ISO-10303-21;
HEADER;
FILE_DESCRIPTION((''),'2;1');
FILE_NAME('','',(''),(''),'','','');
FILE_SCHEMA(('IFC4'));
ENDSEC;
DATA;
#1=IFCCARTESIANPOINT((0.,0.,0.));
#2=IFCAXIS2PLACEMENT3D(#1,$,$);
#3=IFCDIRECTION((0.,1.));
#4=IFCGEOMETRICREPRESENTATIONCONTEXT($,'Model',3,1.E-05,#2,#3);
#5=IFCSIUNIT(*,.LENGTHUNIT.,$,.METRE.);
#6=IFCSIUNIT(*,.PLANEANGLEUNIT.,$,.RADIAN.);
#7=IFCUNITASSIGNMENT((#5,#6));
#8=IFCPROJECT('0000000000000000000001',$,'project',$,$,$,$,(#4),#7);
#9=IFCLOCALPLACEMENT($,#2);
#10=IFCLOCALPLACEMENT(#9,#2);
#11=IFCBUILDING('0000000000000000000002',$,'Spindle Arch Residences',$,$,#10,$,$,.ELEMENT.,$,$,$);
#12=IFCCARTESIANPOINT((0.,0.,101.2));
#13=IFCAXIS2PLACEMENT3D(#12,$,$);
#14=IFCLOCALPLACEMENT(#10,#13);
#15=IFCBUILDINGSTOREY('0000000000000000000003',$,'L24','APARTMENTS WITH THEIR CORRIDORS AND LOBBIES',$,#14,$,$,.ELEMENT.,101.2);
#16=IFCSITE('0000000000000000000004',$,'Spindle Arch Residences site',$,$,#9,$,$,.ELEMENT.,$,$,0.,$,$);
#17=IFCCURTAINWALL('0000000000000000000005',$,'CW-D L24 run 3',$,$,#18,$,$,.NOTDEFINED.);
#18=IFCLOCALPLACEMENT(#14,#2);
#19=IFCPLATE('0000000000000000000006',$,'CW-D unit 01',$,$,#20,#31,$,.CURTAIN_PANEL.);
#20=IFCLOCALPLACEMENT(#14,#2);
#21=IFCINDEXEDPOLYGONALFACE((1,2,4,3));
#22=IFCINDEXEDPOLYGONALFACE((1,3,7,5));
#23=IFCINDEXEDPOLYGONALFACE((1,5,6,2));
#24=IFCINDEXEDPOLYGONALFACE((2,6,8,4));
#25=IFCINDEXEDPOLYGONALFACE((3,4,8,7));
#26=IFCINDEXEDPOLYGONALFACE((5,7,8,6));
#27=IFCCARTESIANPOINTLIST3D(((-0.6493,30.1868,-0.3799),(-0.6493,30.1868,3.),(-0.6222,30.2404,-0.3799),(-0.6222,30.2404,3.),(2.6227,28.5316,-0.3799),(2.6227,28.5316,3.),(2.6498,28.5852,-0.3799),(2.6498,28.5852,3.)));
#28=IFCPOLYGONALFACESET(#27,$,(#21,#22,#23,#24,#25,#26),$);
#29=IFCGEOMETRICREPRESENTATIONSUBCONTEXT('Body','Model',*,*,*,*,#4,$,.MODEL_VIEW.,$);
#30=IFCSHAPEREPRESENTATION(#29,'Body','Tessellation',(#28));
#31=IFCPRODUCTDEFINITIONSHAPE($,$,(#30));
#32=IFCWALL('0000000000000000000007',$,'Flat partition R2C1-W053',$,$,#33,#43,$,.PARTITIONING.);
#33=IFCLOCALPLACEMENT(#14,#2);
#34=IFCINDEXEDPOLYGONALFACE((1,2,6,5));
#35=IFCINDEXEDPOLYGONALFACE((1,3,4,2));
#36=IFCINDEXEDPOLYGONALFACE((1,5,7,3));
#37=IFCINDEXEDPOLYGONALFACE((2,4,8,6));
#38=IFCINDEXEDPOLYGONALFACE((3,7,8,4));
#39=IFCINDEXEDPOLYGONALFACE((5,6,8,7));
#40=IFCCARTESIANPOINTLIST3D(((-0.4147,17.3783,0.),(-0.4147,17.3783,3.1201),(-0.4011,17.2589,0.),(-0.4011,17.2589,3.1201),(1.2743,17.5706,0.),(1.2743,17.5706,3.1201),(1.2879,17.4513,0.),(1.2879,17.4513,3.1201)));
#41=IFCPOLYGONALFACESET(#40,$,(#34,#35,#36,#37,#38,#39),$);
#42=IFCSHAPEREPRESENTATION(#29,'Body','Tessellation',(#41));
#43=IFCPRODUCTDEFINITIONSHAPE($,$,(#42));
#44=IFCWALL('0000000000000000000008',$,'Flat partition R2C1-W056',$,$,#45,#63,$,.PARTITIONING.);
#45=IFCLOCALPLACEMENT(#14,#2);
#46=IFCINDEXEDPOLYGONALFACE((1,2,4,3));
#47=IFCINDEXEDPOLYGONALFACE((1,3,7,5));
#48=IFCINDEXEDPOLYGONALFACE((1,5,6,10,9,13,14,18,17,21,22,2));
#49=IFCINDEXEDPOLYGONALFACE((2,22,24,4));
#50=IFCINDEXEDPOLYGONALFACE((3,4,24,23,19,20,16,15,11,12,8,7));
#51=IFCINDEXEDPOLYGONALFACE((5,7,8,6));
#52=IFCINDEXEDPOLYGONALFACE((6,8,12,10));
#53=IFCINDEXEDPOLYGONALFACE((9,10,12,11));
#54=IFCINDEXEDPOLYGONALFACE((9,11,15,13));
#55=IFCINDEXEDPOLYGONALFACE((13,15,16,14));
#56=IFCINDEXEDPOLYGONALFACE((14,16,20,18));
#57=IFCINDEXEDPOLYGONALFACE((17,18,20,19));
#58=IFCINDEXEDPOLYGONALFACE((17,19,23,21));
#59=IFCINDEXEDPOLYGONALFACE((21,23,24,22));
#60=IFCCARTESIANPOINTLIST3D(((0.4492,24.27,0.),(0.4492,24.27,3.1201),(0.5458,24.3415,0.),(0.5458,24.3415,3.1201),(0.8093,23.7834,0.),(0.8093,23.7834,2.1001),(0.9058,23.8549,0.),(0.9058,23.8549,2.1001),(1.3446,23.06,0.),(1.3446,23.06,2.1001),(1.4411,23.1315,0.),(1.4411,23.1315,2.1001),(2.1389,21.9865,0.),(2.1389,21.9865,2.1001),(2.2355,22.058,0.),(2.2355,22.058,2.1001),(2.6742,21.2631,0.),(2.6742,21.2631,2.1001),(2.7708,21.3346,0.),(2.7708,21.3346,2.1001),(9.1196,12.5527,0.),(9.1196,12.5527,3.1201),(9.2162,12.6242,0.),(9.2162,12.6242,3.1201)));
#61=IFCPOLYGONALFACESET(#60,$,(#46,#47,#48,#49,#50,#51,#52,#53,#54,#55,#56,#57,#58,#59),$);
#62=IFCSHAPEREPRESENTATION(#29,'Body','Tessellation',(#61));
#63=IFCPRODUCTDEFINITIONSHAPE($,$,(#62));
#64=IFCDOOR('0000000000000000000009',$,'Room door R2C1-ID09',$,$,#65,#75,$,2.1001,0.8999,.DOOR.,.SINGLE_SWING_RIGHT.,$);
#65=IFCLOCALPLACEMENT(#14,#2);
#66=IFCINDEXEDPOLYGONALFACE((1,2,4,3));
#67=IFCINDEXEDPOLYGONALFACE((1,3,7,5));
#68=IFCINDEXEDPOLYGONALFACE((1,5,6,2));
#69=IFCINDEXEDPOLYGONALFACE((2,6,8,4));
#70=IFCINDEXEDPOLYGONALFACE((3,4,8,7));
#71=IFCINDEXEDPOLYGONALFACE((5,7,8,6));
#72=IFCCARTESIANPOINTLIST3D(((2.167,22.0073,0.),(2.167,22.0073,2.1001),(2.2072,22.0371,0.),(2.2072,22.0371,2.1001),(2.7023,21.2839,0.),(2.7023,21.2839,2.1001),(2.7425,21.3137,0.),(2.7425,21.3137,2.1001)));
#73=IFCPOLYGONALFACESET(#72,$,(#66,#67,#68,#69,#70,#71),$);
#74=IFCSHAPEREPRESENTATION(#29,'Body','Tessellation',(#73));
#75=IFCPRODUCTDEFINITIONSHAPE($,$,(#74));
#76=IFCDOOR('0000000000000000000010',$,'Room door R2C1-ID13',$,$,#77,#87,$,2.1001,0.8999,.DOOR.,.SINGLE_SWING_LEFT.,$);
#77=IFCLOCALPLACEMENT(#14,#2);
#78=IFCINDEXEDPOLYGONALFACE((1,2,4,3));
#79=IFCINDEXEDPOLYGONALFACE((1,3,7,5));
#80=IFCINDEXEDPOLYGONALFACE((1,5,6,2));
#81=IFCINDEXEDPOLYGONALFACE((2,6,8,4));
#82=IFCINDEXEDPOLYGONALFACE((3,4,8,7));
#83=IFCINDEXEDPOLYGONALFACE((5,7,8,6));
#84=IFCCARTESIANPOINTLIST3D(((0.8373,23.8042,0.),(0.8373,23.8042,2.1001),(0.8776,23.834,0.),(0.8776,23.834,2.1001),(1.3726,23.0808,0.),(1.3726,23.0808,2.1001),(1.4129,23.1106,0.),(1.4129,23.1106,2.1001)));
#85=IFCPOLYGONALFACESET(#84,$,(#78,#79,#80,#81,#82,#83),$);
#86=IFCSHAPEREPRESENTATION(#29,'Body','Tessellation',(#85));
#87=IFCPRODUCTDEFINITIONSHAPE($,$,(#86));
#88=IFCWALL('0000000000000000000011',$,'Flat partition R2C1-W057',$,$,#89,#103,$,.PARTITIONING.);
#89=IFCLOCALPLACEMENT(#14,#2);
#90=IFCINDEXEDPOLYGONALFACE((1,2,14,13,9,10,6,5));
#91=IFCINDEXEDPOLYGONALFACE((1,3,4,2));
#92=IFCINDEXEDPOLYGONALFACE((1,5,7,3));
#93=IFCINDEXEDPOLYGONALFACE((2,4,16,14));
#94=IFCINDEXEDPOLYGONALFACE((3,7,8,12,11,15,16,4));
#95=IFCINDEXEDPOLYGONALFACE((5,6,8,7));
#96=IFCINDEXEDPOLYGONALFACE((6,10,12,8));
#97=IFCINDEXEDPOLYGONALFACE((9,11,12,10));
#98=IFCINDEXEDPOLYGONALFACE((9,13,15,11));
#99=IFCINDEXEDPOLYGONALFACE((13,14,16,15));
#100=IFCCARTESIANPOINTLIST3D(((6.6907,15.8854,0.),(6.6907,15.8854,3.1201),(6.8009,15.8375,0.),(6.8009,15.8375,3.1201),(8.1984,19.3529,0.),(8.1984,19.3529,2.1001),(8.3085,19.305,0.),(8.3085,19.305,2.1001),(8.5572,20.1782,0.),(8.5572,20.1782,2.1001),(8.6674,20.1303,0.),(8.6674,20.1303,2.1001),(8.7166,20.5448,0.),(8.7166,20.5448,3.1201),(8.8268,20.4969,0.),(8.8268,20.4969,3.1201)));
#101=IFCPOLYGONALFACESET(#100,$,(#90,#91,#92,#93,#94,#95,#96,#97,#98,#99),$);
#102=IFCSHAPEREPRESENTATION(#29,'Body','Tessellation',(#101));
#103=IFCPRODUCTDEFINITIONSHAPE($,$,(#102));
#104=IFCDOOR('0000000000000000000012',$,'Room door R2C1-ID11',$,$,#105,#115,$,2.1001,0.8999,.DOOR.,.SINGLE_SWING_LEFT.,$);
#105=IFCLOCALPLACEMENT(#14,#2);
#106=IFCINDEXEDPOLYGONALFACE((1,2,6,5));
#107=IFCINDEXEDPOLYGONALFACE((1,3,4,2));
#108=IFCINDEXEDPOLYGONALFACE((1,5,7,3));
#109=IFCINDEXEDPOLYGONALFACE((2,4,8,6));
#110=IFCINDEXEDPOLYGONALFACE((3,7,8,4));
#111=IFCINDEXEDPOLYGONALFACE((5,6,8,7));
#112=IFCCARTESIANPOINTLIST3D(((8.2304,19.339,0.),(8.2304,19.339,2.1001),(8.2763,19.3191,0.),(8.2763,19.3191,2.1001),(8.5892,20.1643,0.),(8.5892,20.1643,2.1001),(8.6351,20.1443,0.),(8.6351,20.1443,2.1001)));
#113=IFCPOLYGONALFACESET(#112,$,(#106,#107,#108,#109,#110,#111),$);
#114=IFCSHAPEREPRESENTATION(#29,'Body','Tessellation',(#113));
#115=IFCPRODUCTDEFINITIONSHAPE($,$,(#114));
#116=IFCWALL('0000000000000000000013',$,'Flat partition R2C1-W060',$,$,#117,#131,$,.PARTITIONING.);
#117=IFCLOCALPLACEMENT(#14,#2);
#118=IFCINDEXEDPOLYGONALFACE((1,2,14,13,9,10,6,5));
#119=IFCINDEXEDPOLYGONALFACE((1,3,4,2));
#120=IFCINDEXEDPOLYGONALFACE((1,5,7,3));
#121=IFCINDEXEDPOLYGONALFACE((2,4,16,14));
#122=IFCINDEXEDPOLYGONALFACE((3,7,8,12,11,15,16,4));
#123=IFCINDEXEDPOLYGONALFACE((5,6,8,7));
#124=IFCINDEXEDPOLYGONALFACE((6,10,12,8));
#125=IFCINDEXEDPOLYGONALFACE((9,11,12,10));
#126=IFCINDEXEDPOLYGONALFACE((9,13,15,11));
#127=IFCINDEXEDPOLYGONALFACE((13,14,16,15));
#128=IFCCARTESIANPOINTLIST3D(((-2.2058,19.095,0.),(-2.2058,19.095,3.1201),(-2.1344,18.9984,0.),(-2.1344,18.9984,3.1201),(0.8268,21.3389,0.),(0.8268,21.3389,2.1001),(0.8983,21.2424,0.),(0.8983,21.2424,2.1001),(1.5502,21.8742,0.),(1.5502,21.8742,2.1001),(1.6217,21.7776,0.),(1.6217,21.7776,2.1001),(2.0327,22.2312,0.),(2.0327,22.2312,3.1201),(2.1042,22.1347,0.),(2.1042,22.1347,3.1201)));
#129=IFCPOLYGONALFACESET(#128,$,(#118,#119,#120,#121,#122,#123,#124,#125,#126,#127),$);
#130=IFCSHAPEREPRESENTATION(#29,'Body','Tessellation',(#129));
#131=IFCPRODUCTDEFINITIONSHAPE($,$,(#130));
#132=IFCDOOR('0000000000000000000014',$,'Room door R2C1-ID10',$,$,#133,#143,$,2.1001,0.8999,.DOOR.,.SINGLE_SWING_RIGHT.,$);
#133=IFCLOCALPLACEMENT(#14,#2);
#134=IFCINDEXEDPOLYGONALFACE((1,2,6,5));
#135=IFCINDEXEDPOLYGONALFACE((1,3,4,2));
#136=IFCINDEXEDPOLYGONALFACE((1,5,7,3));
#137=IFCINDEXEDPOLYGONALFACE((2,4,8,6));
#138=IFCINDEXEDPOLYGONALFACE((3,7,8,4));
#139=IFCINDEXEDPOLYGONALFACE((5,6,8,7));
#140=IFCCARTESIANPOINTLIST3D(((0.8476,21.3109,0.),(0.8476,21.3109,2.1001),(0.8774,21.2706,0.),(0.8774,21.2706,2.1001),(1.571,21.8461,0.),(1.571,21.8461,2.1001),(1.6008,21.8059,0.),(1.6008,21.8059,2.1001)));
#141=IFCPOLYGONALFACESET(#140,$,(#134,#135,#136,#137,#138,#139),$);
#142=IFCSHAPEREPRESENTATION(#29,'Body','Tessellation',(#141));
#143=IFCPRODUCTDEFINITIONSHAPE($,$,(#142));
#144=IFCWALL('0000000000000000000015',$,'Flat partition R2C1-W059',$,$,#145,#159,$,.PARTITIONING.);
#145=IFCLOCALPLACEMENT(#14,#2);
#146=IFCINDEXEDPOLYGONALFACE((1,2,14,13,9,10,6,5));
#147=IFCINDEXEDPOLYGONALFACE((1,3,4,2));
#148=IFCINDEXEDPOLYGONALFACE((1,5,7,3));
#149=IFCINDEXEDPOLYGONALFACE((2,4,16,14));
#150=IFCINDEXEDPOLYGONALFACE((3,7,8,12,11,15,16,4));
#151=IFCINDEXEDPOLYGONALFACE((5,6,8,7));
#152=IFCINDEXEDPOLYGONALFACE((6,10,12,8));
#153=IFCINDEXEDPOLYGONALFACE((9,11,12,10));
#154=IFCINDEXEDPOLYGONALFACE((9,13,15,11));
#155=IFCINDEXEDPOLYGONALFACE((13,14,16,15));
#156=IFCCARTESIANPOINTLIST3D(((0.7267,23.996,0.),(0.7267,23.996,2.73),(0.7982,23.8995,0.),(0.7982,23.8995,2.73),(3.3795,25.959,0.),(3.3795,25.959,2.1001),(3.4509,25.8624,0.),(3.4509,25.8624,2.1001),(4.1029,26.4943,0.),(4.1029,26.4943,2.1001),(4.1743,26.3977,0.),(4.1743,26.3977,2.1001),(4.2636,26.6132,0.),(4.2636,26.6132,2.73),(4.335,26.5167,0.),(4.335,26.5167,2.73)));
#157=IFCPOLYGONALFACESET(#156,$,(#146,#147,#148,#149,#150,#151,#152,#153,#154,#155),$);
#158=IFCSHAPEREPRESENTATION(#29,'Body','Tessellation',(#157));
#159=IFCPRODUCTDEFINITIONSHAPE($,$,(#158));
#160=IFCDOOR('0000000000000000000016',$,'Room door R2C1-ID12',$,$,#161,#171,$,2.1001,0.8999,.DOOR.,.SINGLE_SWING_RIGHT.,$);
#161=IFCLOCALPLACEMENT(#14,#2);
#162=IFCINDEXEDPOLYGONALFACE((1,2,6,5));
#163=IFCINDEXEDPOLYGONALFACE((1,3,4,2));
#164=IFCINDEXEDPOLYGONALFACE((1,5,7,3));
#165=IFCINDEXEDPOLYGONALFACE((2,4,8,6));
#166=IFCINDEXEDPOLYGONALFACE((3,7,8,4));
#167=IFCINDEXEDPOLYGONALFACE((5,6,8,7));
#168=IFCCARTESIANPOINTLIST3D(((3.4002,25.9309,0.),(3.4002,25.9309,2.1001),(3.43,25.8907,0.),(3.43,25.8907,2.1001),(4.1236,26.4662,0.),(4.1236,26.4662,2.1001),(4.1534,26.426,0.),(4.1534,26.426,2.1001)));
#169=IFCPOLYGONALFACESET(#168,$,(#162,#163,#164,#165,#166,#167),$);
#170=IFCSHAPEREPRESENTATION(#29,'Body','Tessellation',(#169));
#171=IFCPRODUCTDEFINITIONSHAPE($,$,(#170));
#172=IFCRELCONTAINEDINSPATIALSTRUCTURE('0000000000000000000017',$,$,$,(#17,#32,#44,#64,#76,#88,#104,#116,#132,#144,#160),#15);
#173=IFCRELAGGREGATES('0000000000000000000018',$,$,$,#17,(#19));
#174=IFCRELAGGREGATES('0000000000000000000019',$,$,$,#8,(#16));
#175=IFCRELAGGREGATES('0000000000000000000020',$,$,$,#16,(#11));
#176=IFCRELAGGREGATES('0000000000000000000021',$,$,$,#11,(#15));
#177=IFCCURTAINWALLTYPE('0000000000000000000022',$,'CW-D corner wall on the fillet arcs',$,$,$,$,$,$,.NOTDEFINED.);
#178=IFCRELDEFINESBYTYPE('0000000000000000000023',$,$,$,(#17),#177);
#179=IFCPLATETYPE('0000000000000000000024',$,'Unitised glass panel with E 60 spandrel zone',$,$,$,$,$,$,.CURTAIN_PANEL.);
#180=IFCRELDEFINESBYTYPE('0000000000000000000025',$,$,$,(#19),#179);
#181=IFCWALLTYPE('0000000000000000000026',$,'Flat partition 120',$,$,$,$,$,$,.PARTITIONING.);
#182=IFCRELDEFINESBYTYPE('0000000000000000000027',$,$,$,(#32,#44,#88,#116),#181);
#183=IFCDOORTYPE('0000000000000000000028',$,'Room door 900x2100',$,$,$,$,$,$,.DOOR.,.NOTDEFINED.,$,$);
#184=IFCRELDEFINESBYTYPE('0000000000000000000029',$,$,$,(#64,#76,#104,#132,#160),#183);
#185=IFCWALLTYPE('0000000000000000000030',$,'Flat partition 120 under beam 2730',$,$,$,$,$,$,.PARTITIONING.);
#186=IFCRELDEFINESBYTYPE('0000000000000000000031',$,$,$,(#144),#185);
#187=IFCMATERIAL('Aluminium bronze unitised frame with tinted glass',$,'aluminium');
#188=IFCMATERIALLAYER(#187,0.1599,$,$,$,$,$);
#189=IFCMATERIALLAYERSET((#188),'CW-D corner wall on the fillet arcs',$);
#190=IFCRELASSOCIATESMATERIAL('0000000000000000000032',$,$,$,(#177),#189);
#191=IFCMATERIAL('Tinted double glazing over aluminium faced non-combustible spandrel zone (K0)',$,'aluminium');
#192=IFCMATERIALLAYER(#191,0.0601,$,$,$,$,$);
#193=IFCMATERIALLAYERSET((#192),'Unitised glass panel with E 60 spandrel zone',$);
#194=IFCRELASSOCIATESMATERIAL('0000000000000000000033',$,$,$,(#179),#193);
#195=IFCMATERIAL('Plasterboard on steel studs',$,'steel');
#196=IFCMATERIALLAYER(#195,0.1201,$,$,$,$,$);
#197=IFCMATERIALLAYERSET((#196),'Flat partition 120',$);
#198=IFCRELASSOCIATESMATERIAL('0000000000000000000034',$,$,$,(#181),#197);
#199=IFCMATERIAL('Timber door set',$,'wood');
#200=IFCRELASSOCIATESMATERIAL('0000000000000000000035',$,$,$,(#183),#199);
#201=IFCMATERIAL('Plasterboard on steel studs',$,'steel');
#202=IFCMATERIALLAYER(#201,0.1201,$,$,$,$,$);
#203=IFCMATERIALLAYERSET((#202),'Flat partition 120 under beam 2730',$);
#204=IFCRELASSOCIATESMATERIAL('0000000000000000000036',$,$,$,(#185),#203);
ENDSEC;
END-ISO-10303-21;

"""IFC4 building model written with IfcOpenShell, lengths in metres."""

from ifc_helpers import new_model, si_unit, direction, frame, frame_2d, origin, origin_2d, place, context, subcontext, project, spatial, rectangle, extrude, material, layer, layer_set, type_object, element, fill, aggregate, save


model = new_model("IFC4")

# Units and contexts
model_context = context("Model", 3, precision=1e-05, world=origin(), true_north=direction((0.0, 1.0)))
body_context = subcontext(model_context, "Body", "Model", "MODEL_VIEW")
ifc_project = project(units=[si_unit("LENGTHUNIT", "METRE"), si_unit("PLANEANGLEUNIT", "RADIAN")], contexts=[model_context])

# Site, building, storey
site_placement = place(None, origin())
site = spatial("IfcSite", under=ifc_project, at=site_placement, Name="Spindle Arch Residences site", CompositionType="ELEMENT", RefElevation=0.0)
building_placement = place(site_placement, origin())
building = spatial("IfcBuilding", under=site, at=building_placement, Name="Spindle Arch Residences", CompositionType="ELEMENT")
storey_placement = place(building_placement, frame((0.0, 0.0, 101.2)))
storey = spatial("IfcBuildingStorey", under=building, at=storey_placement, Name="L24", Description="APARTMENTS WITH THEIR CORRIDORS AND LOBBIES", CompositionType="ELEMENT", Elevation=101.2)

# Curtain wall
ifc_material_1 = material(Name="Aluminium bronze unitised frame with tinted glass", Category="aluminium")
ifc_layer_1 = layer(ifc_material_1, 0.1599)
ifc_layer_set_1 = layer_set([ifc_layer_1], Name="CW-D corner wall on the fillet arcs")
curtain_wall_type_1 = type_object("IfcCurtainWallType", Name="CW-D corner wall on the fillet arcs", PredefinedType="NOTDEFINED", material=ifc_layer_set_1)
curtain_wall_1_placement = place(storey_placement, origin())
curtain_wall_1 = element("IfcCurtainWall", 1, at=curtain_wall_1_placement, inside=storey, type_object=curtain_wall_type_1, Name="CW-D L24 run 3", PredefinedType="NOTDEFINED")

# Plate
ifc_material_2 = material(Name="Tinted double glazing over aluminium faced non-combustible spandrel zone (K0)", Category="aluminium")
ifc_layer_2 = layer(ifc_material_2, 0.0601)
ifc_layer_set_2 = layer_set([ifc_layer_2], Name="Unitised glass panel with E 60 spandrel zone")
plate_type = type_object("IfcPlateType", Name="Unitised glass panel with E 60 spandrel zone", PredefinedType="CURTAIN_PANEL", material=ifc_layer_set_2)
plate_1_placement = place(storey_placement, frame((1.0002, 29.386, -0.3799), z_axis=(0.0, 0.0, 1.0), x_axis=(-0.892323, 0.451397, 0.0)))
plate_1 = element("IfcPlate", 2, at=plate_1_placement, type_object=plate_type, Name="CW-D unit 01", PredefinedType="CURTAIN_PANEL", context=body_context, shape_type="SweptSolid", body=[
    extrude(rectangle(XDim=3.6667, YDim=0.0601, at=origin_2d()), origin(), (0.0, 0.0, 1.0), 3.3799),
])
aggregate(curtain_wall_1, [plate_1])

# Wall
ifc_material_3 = material(Name="Plasterboard on steel studs", Category="steel")
ifc_layer_3 = layer(ifc_material_3, 0.1201)
ifc_layer_set_3 = layer_set([ifc_layer_3], Name="Flat partition 120")
wall_type_1 = type_object("IfcWallType", Name="Flat partition 120", PredefinedType="PARTITIONING", material=ifc_layer_set_3)
wall_1_placement = place(storey_placement, frame((1.2812, 17.511, 0.0), z_axis=(0.0, 0.0, 1.0), x_axis=(-0.993575, -0.113174, 0.0)))
element("IfcWall", 3, at=wall_1_placement, inside=storey, type_object=wall_type_1, Name="Flat partition R2C1-W053", PredefinedType="PARTITIONING", context=body_context, shape_type="SweptSolid", body=[
    extrude(rectangle(XDim=1.7, YDim=0.1201, at=frame_2d((0.8501, 0.0))), origin(), (0.0, 0.0, 1.0), 3.1201),
])

# Wall, openings, doors
wall_2_placement = place(storey_placement, frame((0.4976, 24.3057, 0.0), z_axis=(0.0, 0.0, 1.0), x_axis=(0.594826, -0.803854, 0.0)))
wall_2 = element("IfcWall", 4, at=wall_2_placement, inside=storey, type_object=wall_type_1, Name="Flat partition R2C1-W056", PredefinedType="PARTITIONING", context=body_context, shape_type="SweptSolid", body=[
    extrude(rectangle(XDim=14.5764, YDim=0.1201, at=frame_2d((7.2881, 0.0))), origin(), (0.0, 0.0, 1.0), 3.1201),
])
opening_1_placement = place(wall_2_placement, frame((2.8406, 0.0, 0.0)))
opening_1 = element("IfcOpeningElement", 5, at=opening_1_placement, cuts=wall_2, PredefinedType="OPENING", context=body_context, shape_type="SweptSolid", body=[
    extrude(rectangle(XDim=0.8999, YDim=2.1001, at=frame_2d((0.45, 1.05))), frame((0.0, 0.0701, 0.0), z_axis=(0.0, -1.0, 0.0), x_axis=(1.0, 0.0, 0.0)), (0.0, 0.0, 1.0), 0.1401),
])
opening_2_placement = place(wall_2_placement, frame((0.6052, 0.0, 0.0)))
opening_2 = element("IfcOpeningElement", 6, at=opening_2_placement, cuts=wall_2, PredefinedType="OPENING", context=body_context, shape_type="SweptSolid", body=[
    extrude(rectangle(XDim=0.8999, YDim=2.1001, at=frame_2d((0.45, 1.05))), frame((0.0, 0.0701, 0.0), z_axis=(0.0, -1.0, 0.0), x_axis=(1.0, 0.0, 0.0)), (0.0, 0.0, 1.0), 0.1401),
])
ifc_material_4 = material(Name="Timber door set", Category="wood")
door_type_1 = type_object("IfcDoorType", Name="Room door 900x2100", OperationType="NOTDEFINED", PredefinedType="DOOR", material=ifc_material_4)
door_1_placement = place(opening_1_placement, origin())
door_1 = element("IfcDoor", 7, at=door_1_placement, inside=storey, type_object=door_type_1, Name="Room door R2C1-ID09", OperationType="SINGLE_SWING_RIGHT", OverallHeight=2.1001, OverallWidth=0.8999, PredefinedType="DOOR", context=body_context, shape_type="SweptSolid", body=[
    extrude(rectangle(XDim=0.8999, YDim=2.1001, at=frame_2d((0.45, 1.05))), frame((0.0, 0.0249, 0.0), z_axis=(0.0, -1.0, 0.0), x_axis=(1.0, 0.0, 0.0)), (0.0, 0.0, 1.0), 0.05),
])
fill(opening_1, door_1)
door_2_placement = place(opening_2_placement, origin())
door_2 = element("IfcDoor", 8, at=door_2_placement, inside=storey, type_object=door_type_1, Name="Room door R2C1-ID13", OperationType="SINGLE_SWING_LEFT", OverallHeight=2.1001, OverallWidth=0.8999, PredefinedType="DOOR", context=body_context, shape_type="SweptSolid", body=[
    extrude(rectangle(XDim=0.8999, YDim=2.1001, at=frame_2d((0.45, 1.05))), frame((0.0, 0.0249, 0.0), z_axis=(0.0, -1.0, 0.0), x_axis=(1.0, 0.0, 0.0)), (0.0, 0.0, 1.0), 0.05),
])
fill(opening_2, door_2)

# Walls, openings, doors
wall_3_placement = place(storey_placement, frame((8.7717, 20.521, 0.0), z_axis=(0.0, 0.0, 1.0), x_axis=(-0.398733, -0.917067, 0.0)))
wall_3 = element("IfcWall", 9, at=wall_3_placement, inside=storey, type_object=wall_type_1, Name="Flat partition R2C1-W057", PredefinedType="PARTITIONING", context=body_context, shape_type="SweptSolid", body=[
    extrude(rectangle(XDim=5.0808, YDim=0.1201, at=frame_2d((2.5405, 0.0))), origin(), (0.0, 0.0, 1.0), 3.1201),
])
opening_3_placement = place(wall_3_placement, frame((0.3999, 0.0, 0.0)))
opening_3 = element("IfcOpeningElement", 10, at=opening_3_placement, cuts=wall_3, PredefinedType="OPENING", context=body_context, shape_type="SweptSolid", body=[
    extrude(rectangle(XDim=0.8999, YDim=2.1001, at=frame_2d((0.45, 1.05))), frame((0.0, 0.0701, 0.0), z_axis=(0.0, -1.0, 0.0), x_axis=(1.0, 0.0, 0.0)), (0.0, 0.0, 1.0), 0.1401),
])
door_3_placement = place(opening_3_placement, origin())
door_3 = element("IfcDoor", 11, at=door_3_placement, inside=storey, type_object=door_type_1, Name="Room door R2C1-ID11", OperationType="SINGLE_SWING_LEFT", OverallHeight=2.1001, OverallWidth=0.8999, PredefinedType="DOOR", context=body_context, shape_type="SweptSolid", body=[
    extrude(rectangle(XDim=0.8999, YDim=2.1001, at=frame_2d((0.45, 1.05))), frame((0.0, 0.0249, 0.0), z_axis=(0.0, -1.0, 0.0), x_axis=(1.0, 0.0, 0.0)), (0.0, 0.0, 1.0), 0.05),
])
fill(opening_3, door_3)
wall_4_placement = place(storey_placement, frame((2.0684, 22.1829, 0.0), z_axis=(0.0, 0.0, 1.0), x_axis=(-0.803867, -0.594809, 0.0)))
wall_4 = element("IfcWall", 12, at=wall_4_placement, inside=storey, type_object=wall_type_1, Name="Flat partition R2C1-W060", PredefinedType="PARTITIONING", context=body_context, shape_type="SweptSolid", body=[
    extrude(rectangle(XDim=5.2727, YDim=0.1201, at=frame_2d((2.6362, 0.0))), origin(), (0.0, 0.0, 1.0), 3.1201),
])
opening_4_placement = place(wall_4_placement, frame((0.6001, 0.0, 0.0)))
opening_4 = element("IfcOpeningElement", 13, at=opening_4_placement, cuts=wall_4, PredefinedType="OPENING", context=body_context, shape_type="SweptSolid", body=[
    extrude(rectangle(XDim=0.8999, YDim=2.1001, at=frame_2d((0.45, 1.05))), frame((0.0, 0.0701, 0.0), z_axis=(0.0, -1.0, 0.0), x_axis=(1.0, 0.0, 0.0)), (0.0, 0.0, 1.0), 0.1401),
])
door_4_placement = place(opening_4_placement, origin())
door_4 = element("IfcDoor", 14, at=door_4_placement, inside=storey, type_object=door_type_1, Name="Room door R2C1-ID10", OperationType="SINGLE_SWING_RIGHT", OverallHeight=2.1001, OverallWidth=0.8999, PredefinedType="DOOR", context=body_context, shape_type="SweptSolid", body=[
    extrude(rectangle(XDim=0.8999, YDim=2.1001, at=frame_2d((0.45, 1.05))), frame((0.0, 0.0249, 0.0), z_axis=(0.0, -1.0, 0.0), x_axis=(1.0, 0.0, 0.0)), (0.0, 0.0, 1.0), 0.05),
])
fill(opening_4, door_4)
ifc_material_5 = material(Name="Plasterboard on steel studs", Category="steel")
ifc_layer_4 = layer(ifc_material_5, 0.1201)
ifc_layer_set_4 = layer_set([ifc_layer_4], Name="Flat partition 120 under beam 2730")
wall_type_2 = type_object("IfcWallType", Name="Flat partition 120 under beam 2730", PredefinedType="PARTITIONING", material=ifc_layer_set_4)
wall_5_placement = place(storey_placement, frame((4.2993, 26.5649, 0.0), z_axis=(0.0, 0.0, 1.0), x_axis=(-0.803852, -0.594829, 0.0)))
wall_5 = element("IfcWall", 15, at=wall_5_placement, inside=storey, type_object=wall_type_2, Name="Flat partition R2C1-W059", PredefinedType="PARTITIONING", context=body_context, shape_type="SweptSolid", body=[
    extrude(rectangle(XDim=4.3999, YDim=0.1201, at=frame_2d((2.2, 0.0))), origin(), (0.0, 0.0, 1.0), 2.73),
])
opening_5_placement = place(wall_5_placement, frame((0.2, 0.0, 0.0)))
opening_5 = element("IfcOpeningElement", 16, at=opening_5_placement, cuts=wall_5, PredefinedType="OPENING", context=body_context, shape_type="SweptSolid", body=[
    extrude(rectangle(XDim=0.8999, YDim=2.1001, at=frame_2d((0.45, 1.05))), frame((0.0, 0.0701, 0.0), z_axis=(0.0, -1.0, 0.0), x_axis=(1.0, 0.0, 0.0)), (0.0, 0.0, 1.0), 0.1401),
])
door_5_placement = place(opening_5_placement, origin())
door_5 = element("IfcDoor", 17, at=door_5_placement, inside=storey, type_object=door_type_1, Name="Room door R2C1-ID12", OperationType="SINGLE_SWING_RIGHT", OverallHeight=2.1001, OverallWidth=0.8999, PredefinedType="DOOR", context=body_context, shape_type="SweptSolid", body=[
    extrude(rectangle(XDim=0.8999, YDim=2.1001, at=frame_2d((0.45, 1.05))), frame((0.0, 0.0249, 0.0), z_axis=(0.0, -1.0, 0.0), x_axis=(1.0, 0.0, 0.0)), (0.0, 0.0, 1.0), 0.05),
])
fill(opening_5, door_5)

save(model, "model.ifc")
